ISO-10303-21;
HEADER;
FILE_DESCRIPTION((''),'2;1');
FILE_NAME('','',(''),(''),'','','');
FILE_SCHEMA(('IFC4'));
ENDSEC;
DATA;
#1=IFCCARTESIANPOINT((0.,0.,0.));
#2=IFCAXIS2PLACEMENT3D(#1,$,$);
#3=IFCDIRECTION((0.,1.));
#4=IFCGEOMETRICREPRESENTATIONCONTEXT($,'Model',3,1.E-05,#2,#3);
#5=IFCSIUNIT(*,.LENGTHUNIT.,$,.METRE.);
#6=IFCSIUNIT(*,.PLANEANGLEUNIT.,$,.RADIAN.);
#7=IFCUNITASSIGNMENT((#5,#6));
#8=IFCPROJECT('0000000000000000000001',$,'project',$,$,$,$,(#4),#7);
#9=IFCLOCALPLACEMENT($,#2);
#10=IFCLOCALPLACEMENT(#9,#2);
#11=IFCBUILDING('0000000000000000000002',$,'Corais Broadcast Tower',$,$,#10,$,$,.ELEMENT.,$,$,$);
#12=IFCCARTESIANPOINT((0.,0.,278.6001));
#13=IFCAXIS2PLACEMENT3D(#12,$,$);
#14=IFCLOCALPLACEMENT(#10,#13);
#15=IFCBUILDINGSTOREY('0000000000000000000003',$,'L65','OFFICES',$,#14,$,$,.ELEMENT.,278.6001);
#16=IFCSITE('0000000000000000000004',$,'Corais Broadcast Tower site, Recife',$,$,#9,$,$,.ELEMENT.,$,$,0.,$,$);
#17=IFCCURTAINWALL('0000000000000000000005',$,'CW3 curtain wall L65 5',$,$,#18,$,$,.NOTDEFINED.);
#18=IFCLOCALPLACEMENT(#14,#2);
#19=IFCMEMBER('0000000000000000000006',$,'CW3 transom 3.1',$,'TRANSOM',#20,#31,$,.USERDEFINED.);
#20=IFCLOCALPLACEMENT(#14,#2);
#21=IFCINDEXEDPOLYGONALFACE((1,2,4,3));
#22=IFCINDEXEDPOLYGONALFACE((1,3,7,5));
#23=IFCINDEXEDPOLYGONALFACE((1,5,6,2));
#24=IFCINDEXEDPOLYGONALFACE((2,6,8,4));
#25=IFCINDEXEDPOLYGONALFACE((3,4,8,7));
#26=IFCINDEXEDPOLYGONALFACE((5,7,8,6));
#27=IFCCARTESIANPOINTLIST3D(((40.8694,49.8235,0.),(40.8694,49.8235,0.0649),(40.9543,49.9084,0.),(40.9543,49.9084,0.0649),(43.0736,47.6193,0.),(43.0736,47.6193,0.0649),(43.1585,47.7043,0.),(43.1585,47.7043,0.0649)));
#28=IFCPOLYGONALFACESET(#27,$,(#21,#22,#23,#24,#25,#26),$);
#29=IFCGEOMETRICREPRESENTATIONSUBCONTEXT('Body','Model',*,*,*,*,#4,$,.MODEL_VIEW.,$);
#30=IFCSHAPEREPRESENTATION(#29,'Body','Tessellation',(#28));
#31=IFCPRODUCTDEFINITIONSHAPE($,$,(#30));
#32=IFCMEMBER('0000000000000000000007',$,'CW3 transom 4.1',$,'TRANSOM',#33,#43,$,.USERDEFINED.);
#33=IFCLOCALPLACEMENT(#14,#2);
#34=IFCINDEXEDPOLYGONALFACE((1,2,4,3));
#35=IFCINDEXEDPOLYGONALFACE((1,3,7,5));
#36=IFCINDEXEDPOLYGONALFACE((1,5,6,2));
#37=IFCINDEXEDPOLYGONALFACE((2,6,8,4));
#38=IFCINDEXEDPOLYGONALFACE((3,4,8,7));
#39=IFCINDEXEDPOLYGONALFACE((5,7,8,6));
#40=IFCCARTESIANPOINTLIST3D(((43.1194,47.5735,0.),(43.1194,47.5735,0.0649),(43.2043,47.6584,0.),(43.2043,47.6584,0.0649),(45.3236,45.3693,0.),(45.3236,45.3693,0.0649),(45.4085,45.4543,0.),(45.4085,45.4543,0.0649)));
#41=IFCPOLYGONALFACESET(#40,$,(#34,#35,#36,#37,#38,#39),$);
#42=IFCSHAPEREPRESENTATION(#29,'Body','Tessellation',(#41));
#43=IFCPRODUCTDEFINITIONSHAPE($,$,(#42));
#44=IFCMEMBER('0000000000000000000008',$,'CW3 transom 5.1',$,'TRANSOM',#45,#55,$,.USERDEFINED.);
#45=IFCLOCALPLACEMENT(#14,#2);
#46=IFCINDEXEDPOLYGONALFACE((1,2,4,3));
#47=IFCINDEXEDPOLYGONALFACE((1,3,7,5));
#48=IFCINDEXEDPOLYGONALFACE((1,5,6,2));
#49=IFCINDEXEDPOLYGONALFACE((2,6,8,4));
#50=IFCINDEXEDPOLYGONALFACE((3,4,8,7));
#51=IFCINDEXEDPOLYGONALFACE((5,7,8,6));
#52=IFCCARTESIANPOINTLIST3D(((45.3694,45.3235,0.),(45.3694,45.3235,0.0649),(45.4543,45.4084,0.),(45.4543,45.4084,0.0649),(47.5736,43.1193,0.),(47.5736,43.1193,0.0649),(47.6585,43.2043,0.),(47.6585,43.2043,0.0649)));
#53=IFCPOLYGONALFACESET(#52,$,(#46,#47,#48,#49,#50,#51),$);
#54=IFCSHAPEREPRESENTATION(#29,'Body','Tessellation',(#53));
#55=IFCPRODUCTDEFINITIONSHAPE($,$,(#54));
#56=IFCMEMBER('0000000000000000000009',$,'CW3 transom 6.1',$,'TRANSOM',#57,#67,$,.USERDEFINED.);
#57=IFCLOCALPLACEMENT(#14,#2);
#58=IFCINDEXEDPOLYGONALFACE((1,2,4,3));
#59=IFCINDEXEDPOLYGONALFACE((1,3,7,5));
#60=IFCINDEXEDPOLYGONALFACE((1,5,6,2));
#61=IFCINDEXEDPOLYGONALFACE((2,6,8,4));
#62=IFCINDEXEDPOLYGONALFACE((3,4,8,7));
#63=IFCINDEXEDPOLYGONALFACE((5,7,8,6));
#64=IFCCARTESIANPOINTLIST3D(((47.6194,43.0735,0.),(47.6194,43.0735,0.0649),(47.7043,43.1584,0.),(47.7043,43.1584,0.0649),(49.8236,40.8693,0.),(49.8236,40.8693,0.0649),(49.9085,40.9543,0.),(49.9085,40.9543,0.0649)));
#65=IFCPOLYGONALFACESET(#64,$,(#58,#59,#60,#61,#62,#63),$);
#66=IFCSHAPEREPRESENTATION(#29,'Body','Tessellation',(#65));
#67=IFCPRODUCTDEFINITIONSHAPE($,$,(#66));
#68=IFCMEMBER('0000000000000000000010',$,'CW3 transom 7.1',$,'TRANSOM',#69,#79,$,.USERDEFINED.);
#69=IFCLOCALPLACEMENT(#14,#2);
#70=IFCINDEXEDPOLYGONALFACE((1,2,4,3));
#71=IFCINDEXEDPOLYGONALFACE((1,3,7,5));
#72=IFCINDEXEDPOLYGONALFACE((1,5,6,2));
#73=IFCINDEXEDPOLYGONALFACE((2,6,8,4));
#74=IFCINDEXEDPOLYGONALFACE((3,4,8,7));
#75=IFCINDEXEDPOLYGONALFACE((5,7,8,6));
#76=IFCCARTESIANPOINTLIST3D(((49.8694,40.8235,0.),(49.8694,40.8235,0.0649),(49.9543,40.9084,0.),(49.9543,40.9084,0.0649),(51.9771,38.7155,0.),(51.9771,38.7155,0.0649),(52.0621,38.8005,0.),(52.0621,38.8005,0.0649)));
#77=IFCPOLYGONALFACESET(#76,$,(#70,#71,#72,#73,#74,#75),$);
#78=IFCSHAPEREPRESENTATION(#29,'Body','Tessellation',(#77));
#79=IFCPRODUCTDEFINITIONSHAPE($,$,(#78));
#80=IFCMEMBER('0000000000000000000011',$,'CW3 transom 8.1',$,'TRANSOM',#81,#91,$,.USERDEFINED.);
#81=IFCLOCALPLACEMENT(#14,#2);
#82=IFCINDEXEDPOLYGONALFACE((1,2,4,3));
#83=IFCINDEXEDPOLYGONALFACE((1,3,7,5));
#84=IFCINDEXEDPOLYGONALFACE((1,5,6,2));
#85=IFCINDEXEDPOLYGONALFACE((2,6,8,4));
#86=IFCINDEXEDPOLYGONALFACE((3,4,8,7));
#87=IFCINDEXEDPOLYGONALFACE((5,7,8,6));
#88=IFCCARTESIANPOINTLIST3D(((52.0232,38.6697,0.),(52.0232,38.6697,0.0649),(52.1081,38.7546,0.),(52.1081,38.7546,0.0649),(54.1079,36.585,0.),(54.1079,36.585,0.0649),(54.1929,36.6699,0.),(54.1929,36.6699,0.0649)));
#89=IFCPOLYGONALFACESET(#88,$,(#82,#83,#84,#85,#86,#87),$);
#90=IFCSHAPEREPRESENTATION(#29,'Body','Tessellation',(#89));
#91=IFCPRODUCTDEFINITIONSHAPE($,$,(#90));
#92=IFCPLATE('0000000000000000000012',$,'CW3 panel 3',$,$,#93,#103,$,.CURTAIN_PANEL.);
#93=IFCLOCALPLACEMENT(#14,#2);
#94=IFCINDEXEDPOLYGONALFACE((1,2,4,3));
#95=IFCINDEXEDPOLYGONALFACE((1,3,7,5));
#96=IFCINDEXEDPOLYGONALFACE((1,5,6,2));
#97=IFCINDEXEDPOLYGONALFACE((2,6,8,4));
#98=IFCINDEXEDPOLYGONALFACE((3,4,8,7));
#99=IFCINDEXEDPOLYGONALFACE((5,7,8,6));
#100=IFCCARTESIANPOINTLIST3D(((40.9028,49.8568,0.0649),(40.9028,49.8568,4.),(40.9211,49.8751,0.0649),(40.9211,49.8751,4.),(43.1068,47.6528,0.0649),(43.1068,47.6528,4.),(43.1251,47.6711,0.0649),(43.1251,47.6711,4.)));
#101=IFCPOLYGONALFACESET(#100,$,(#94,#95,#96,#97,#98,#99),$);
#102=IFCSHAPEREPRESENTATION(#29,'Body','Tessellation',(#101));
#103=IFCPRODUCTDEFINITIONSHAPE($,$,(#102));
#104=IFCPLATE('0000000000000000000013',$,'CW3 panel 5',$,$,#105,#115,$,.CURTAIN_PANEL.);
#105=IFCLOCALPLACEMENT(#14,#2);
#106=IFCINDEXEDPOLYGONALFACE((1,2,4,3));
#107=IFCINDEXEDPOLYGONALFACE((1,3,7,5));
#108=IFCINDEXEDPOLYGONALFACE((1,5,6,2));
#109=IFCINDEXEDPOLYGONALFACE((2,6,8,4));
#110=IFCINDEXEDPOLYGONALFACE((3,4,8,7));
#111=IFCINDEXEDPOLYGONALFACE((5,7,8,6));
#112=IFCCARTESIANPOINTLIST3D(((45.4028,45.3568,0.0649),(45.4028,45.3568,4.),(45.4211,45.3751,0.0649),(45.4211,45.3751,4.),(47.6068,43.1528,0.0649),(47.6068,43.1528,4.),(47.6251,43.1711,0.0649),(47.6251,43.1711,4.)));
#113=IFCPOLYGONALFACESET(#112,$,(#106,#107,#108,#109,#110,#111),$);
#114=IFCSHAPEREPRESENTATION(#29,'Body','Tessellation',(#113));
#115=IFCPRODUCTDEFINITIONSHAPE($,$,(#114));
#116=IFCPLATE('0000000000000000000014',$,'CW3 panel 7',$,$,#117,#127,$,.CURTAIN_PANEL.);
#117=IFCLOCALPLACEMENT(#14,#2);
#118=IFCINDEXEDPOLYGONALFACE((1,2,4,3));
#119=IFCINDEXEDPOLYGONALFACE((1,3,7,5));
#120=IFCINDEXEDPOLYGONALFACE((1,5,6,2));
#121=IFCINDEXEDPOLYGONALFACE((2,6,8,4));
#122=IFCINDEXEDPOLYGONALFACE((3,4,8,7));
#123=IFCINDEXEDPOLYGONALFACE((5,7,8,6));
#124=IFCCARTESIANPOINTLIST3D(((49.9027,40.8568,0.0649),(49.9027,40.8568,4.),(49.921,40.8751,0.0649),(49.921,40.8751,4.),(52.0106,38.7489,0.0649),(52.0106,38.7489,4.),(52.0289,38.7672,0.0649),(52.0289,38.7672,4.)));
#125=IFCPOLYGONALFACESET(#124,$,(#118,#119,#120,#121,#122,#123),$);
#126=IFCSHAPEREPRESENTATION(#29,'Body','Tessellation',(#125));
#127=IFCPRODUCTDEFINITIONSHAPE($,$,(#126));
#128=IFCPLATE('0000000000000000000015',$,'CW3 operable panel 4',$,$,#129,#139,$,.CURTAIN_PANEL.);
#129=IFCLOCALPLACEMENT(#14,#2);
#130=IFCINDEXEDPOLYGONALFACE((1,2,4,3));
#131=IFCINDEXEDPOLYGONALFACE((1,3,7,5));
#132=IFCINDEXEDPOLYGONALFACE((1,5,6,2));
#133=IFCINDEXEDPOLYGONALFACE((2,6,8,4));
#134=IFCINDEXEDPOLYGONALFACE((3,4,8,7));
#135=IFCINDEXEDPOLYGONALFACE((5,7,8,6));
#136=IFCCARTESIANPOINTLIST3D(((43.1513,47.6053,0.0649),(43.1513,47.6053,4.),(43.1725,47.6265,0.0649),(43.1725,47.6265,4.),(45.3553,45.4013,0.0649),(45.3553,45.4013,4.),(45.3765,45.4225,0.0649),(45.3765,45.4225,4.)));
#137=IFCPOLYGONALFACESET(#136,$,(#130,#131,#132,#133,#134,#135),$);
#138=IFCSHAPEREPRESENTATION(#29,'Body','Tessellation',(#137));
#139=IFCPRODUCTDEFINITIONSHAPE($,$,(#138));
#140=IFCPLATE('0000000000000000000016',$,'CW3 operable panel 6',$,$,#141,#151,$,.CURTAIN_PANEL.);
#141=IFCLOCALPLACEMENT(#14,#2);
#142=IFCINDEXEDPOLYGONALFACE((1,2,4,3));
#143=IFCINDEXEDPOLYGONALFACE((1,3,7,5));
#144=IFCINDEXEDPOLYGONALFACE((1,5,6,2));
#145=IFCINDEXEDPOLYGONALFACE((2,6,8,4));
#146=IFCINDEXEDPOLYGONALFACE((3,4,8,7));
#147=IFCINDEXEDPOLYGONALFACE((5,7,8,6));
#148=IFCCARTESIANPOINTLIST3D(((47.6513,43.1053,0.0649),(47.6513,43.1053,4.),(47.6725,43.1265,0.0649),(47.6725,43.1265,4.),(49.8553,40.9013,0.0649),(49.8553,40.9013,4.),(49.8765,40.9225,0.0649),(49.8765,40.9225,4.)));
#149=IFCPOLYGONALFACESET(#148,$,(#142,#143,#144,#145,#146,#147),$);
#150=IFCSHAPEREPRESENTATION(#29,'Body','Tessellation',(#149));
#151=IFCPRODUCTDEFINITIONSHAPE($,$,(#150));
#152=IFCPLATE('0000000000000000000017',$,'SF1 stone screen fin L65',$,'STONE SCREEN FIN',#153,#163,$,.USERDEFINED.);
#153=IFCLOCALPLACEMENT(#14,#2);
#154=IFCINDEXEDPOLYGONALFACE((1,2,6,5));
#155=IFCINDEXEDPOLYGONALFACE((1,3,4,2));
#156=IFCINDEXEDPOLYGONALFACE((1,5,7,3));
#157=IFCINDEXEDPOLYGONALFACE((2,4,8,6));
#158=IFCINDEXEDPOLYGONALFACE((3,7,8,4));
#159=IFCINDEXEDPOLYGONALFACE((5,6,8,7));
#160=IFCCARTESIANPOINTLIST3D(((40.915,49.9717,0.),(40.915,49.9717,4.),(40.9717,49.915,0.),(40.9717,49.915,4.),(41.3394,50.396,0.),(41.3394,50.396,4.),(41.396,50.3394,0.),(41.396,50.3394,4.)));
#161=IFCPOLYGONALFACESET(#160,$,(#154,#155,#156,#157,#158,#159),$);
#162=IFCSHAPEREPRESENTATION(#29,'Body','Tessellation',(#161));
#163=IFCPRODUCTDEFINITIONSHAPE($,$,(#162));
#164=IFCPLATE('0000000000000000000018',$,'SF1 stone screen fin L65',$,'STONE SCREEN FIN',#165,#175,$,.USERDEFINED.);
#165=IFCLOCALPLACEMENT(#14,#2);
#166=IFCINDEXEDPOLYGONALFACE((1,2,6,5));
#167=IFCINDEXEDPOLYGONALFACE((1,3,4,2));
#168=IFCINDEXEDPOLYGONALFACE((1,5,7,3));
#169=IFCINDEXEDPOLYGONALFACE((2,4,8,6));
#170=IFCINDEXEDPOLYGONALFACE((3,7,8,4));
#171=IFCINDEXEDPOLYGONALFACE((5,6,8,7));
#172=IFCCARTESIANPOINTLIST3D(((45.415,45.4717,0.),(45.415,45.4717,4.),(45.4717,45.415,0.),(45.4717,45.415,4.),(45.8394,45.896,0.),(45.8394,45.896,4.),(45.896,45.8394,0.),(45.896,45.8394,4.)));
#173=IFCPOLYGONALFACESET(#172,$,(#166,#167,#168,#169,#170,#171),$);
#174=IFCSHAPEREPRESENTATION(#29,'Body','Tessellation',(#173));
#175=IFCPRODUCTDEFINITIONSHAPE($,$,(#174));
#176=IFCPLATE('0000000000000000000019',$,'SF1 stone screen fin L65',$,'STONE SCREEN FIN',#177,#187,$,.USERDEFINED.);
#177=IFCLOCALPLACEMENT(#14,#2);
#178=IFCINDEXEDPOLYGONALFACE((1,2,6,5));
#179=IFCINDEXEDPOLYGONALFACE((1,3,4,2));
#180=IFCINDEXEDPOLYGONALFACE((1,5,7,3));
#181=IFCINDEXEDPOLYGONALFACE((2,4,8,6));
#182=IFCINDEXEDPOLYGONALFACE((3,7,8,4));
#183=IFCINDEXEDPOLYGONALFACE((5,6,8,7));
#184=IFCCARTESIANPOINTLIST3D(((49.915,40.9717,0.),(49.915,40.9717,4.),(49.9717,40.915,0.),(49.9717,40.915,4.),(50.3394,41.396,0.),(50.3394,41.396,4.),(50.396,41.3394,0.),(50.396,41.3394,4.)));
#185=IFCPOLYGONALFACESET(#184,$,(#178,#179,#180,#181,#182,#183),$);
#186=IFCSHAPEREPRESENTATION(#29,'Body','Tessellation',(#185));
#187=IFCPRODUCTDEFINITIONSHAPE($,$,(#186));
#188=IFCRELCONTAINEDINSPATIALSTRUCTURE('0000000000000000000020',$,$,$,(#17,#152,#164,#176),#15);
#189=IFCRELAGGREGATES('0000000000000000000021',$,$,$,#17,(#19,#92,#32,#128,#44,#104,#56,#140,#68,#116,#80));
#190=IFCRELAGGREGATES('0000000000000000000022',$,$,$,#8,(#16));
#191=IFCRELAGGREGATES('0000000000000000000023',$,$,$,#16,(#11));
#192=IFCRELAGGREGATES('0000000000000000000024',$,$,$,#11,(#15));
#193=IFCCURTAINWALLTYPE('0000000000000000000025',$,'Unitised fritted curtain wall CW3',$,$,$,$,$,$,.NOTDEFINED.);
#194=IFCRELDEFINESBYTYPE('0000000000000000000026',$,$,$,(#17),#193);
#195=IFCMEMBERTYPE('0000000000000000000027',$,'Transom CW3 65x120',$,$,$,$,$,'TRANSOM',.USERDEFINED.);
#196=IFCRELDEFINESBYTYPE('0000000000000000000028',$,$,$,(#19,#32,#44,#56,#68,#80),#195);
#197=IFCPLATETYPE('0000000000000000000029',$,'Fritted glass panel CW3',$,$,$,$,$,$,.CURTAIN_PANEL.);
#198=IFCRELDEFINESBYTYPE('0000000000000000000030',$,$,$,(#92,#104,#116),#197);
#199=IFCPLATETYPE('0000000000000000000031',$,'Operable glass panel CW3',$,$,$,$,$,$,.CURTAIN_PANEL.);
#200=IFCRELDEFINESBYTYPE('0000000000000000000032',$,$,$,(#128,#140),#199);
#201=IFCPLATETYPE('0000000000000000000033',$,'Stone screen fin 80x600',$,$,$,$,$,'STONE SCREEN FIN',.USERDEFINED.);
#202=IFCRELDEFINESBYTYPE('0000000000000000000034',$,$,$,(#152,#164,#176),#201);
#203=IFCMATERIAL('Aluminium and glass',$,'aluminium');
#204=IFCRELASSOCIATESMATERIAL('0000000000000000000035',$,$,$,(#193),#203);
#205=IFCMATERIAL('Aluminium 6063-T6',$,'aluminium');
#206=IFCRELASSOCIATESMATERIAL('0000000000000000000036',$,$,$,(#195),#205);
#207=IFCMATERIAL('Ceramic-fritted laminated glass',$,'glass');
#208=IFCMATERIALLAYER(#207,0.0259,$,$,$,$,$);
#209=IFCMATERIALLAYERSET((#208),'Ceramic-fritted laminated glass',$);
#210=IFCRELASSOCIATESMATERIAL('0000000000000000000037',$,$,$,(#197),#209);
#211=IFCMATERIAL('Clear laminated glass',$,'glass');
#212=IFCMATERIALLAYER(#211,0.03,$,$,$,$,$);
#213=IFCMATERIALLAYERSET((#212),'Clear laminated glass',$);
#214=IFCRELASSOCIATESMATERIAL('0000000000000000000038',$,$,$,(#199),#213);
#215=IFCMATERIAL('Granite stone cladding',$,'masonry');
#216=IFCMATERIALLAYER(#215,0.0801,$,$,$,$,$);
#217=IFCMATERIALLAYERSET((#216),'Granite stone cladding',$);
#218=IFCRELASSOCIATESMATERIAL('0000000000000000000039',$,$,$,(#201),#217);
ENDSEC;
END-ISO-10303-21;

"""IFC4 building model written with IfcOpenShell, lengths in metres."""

from ifc_helpers import new_model, si_unit, direction, frame, origin, origin_2d, place, context, subcontext, project, spatial, rectangle, extrude, material, layer, layer_set, material_profile, profile_set, type_object, element, aggregate, save


model = new_model("IFC4")

# Units and contexts
model_context = context("Model", 3, precision=1e-05, world=origin(), true_north=direction((0.0, 1.0)))
body_context = subcontext(model_context, "Body", "Model", "MODEL_VIEW")
ifc_project = project(units=[si_unit("LENGTHUNIT", "METRE"), si_unit("PLANEANGLEUNIT", "RADIAN")], contexts=[model_context])

# Site, building, storey
site_placement = place(None, origin())
site = spatial("IfcSite", under=ifc_project, at=site_placement, Name="Corais Broadcast Tower site, Recife", CompositionType="ELEMENT", RefElevation=0.0)
building_placement = place(site_placement, origin())
building = spatial("IfcBuilding", under=site, at=building_placement, Name="Corais Broadcast Tower", CompositionType="ELEMENT")
storey_placement = place(building_placement, frame((0.0, 0.0, 278.6001)))
storey = spatial("IfcBuildingStorey", under=building, at=storey_placement, Name="L65", Description="OFFICES", CompositionType="ELEMENT", Elevation=278.6001)

# Curtain wall
ifc_material_1 = material(Name="Aluminium and glass", Category="aluminium")
curtain_wall_type = type_object("IfcCurtainWallType", Name="Unitised fritted curtain wall CW3", PredefinedType="NOTDEFINED", material=ifc_material_1)
curtain_wall_placement = place(storey_placement, origin())
curtain_wall = element("IfcCurtainWall", 1, at=curtain_wall_placement, inside=storey, type_object=curtain_wall_type, Name="CW3 curtain wall L65 5", PredefinedType="NOTDEFINED")

# Members
ifc_material_2 = material(Name="Aluminium 6063-T6", Category="aluminium")
ifc_material_profile_1 = material_profile(ifc_material_2, rectangle(XDim=0.1201, YDim=0.0649, at=origin_2d()), Name="Transom CW3 65x120")
ifc_profile_set_1 = profile_set([ifc_material_profile_1], Name="Aluminium 6063-T6")
member_type_1 = type_object("IfcMemberType", Name="Transom CW3 65x120", ElementType="TRANSOM", PredefinedType="USERDEFINED", material=ifc_profile_set_1)
member_1_placement = place(storey_placement, frame((40.9119, 49.866, 0.0325), z_axis=(0.707107, -0.707107, 0.0), x_axis=(0.707107, 0.707107, 0.0)))
member_1 = element("IfcMember", 2, at=member_1_placement, type_object=member_type_1, Name="CW3 transom 3.1", ObjectType="TRANSOM", PredefinedType="USERDEFINED", context=body_context, shape_type="SweptSolid", body=[
    extrude(rectangle(XDim=0.1201, YDim=0.0649, at=origin_2d()), origin(), (0.0, 0.0, 1.0), 3.1172),
])
member_2_placement = place(storey_placement, frame((43.1619, 47.616, 0.0325), z_axis=(0.707107, -0.707107, 0.0), x_axis=(0.707107, 0.707107, 0.0)))
member_2 = element("IfcMember", 3, at=member_2_placement, type_object=member_type_1, Name="CW3 transom 4.1", ObjectType="TRANSOM", PredefinedType="USERDEFINED", context=body_context, shape_type="SweptSolid", body=[
    extrude(rectangle(XDim=0.1201, YDim=0.0649, at=origin_2d()), origin(), (0.0, 0.0, 1.0), 3.1172),
])
member_3_placement = place(storey_placement, frame((45.4119, 45.366, 0.0325), z_axis=(0.707107, -0.707107, 0.0), x_axis=(0.707107, 0.707107, 0.0)))
member_3 = element("IfcMember", 4, at=member_3_placement, type_object=member_type_1, Name="CW3 transom 5.1", ObjectType="TRANSOM", PredefinedType="USERDEFINED", context=body_context, shape_type="SweptSolid", body=[
    extrude(rectangle(XDim=0.1201, YDim=0.0649, at=origin_2d()), origin(), (0.0, 0.0, 1.0), 3.1172),
])
member_4_placement = place(storey_placement, frame((47.6619, 43.116, 0.0325), z_axis=(0.707107, -0.707107, 0.0), x_axis=(0.707107, 0.707107, 0.0)))
member_4 = element("IfcMember", 5, at=member_4_placement, type_object=member_type_1, Name="CW3 transom 6.1", ObjectType="TRANSOM", PredefinedType="USERDEFINED", context=body_context, shape_type="SweptSolid", body=[
    extrude(rectangle(XDim=0.1201, YDim=0.0649, at=origin_2d()), origin(), (0.0, 0.0, 1.0), 3.1172),
])
member_5_placement = place(storey_placement, frame((49.9119, 40.866, 0.0325), z_axis=(0.707066, -0.707148, 0.0), x_axis=(0.707148, 0.707066, 0.0)))
member_5 = element("IfcMember", 6, at=member_5_placement, type_object=member_type_1, Name="CW3 transom 7.1", ObjectType="TRANSOM", PredefinedType="USERDEFINED", context=body_context, shape_type="SweptSolid", body=[
    extrude(rectangle(XDim=0.1201, YDim=0.0649, at=origin_2d()), origin(), (0.0, 0.0, 1.0), 2.981),
])
member_6_placement = place(storey_placement, frame((52.0657, 38.7122, 0.0325), z_axis=(0.707107, -0.707107, 0.0), x_axis=(0.707107, 0.707107, 0.0)))
member_6 = element("IfcMember", 7, at=member_6_placement, type_object=member_type_1, Name="CW3 transom 8.1", ObjectType="TRANSOM", PredefinedType="USERDEFINED", context=body_context, shape_type="SweptSolid", body=[
    extrude(rectangle(XDim=0.1201, YDim=0.0649, at=origin_2d()), origin(), (0.0, 0.0, 1.0), 2.9482),
])

# Plates
ifc_material_3 = material(Name="Ceramic-fritted laminated glass", Category="glass")
ifc_layer_1 = layer(ifc_material_3, 0.0259)
ifc_layer_set_1 = layer_set([ifc_layer_1], Name="Ceramic-fritted laminated glass")
plate_type_1 = type_object("IfcPlateType", Name="Fritted glass panel CW3", PredefinedType="CURTAIN_PANEL", material=ifc_layer_set_1)
plate_1_placement = place(storey_placement, frame((42.0139, 48.7639, 0.0649), z_axis=(0.0, 0.0, 1.0), x_axis=(0.707107, -0.707107, 0.0)))
plate_1 = element("IfcPlate", 8, at=plate_1_placement, type_object=plate_type_1, Name="CW3 panel 3", PredefinedType="CURTAIN_PANEL", context=body_context, shape_type="SweptSolid", body=[
    extrude(rectangle(XDim=3.1169, YDim=0.0259, at=origin_2d()), origin(), (0.0, 0.0, 1.0), 3.9351),
])
plate_2_placement = place(storey_placement, frame((46.5139, 44.2639, 0.0649), z_axis=(0.0, 0.0, 1.0), x_axis=(0.707107, -0.707107, 0.0)))
plate_2 = element("IfcPlate", 9, at=plate_2_placement, type_object=plate_type_1, Name="CW3 panel 5", PredefinedType="CURTAIN_PANEL", context=body_context, shape_type="SweptSolid", body=[
    extrude(rectangle(XDim=3.1169, YDim=0.0259, at=origin_2d()), origin(), (0.0, 0.0, 1.0), 3.9351),
])
plate_3_placement = place(storey_placement, frame((50.9658, 39.812, 0.0649), z_axis=(0.0, 0.0, 1.0), x_axis=(0.707107, -0.707107, 0.0)))
plate_3 = element("IfcPlate", 10, at=plate_3_placement, type_object=plate_type_1, Name="CW3 panel 7", PredefinedType="CURTAIN_PANEL", context=body_context, shape_type="SweptSolid", body=[
    extrude(rectangle(XDim=2.981, YDim=0.0259, at=origin_2d()), origin(), (0.0, 0.0, 1.0), 3.9351),
])
ifc_material_4 = material(Name="Clear laminated glass", Category="glass")
ifc_layer_2 = layer(ifc_material_4, 0.03)
ifc_layer_set_2 = layer_set([ifc_layer_2], Name="Clear laminated glass")
plate_type_2 = type_object("IfcPlateType", Name="Operable glass panel CW3", PredefinedType="CURTAIN_PANEL", material=ifc_layer_set_2)
plate_4_placement = place(storey_placement, frame((44.2639, 46.5139, 0.0649), z_axis=(0.0, 0.0, 1.0), x_axis=(0.707107, -0.707107, 0.0)))
plate_4 = element("IfcPlate", 11, at=plate_4_placement, type_object=plate_type_2, Name="CW3 operable panel 4", PredefinedType="CURTAIN_PANEL", context=body_context, shape_type="SweptSolid", body=[
    extrude(rectangle(XDim=3.1169, YDim=0.03, at=origin_2d()), origin(), (0.0, 0.0, 1.0), 3.9351),
])
plate_5_placement = place(storey_placement, frame((48.7639, 42.0139, 0.0649), z_axis=(0.0, 0.0, 1.0), x_axis=(0.707107, -0.707107, 0.0)))
plate_5 = element("IfcPlate", 12, at=plate_5_placement, type_object=plate_type_2, Name="CW3 operable panel 6", PredefinedType="CURTAIN_PANEL", context=body_context, shape_type="SweptSolid", body=[
    extrude(rectangle(XDim=3.1169, YDim=0.03, at=origin_2d()), origin(), (0.0, 0.0, 1.0), 3.9351),
])
aggregate(curtain_wall, [member_1, plate_1, member_2, plate_4, member_3, plate_2, member_4, plate_5, member_5, plate_3, member_6])

# Plates
ifc_material_5 = material(Name="Granite stone cladding", Category="masonry")
ifc_layer_3 = layer(ifc_material_5, 0.0801)
ifc_layer_set_3 = layer_set([ifc_layer_3], Name="Granite stone cladding")
plate_type_3 = type_object("IfcPlateType", Name="Stone screen fin 80x600", ElementType="STONE SCREEN FIN", PredefinedType="USERDEFINED", material=ifc_layer_set_3)
for number, where, z_axis, x_axis, name in (
    (13, (41.1555, 50.1555, 0.0), (0.0, 0.0, 1.0), (0.707107, -0.707107, 0.0), "SF1 stone screen fin L65"),
    (14, (45.6555, 45.6555, 0.0), (0.0, 0.0, 1.0), (0.707107, -0.707107, 0.0), "SF1 stone screen fin L65"),
    (15, (50.1555, 41.1555, 0.0), (0.0, 0.0, 1.0), (0.707107, -0.707107, 0.0), "SF1 stone screen fin L65"),
):
    element("IfcPlate", number, at=place(storey_placement, frame(where, z_axis=z_axis, x_axis=x_axis)), inside=storey, type_object=plate_type_3, Name=name, ObjectType="STONE SCREEN FIN", PredefinedType="USERDEFINED", context=body_context, shape_type="SweptSolid", body=[
        extrude(rectangle(XDim=0.0801, YDim=0.6001, at=origin_2d()), origin(), (0.0, 0.0, 1.0), 4.0),
    ])

save(model, "model.ifc")
